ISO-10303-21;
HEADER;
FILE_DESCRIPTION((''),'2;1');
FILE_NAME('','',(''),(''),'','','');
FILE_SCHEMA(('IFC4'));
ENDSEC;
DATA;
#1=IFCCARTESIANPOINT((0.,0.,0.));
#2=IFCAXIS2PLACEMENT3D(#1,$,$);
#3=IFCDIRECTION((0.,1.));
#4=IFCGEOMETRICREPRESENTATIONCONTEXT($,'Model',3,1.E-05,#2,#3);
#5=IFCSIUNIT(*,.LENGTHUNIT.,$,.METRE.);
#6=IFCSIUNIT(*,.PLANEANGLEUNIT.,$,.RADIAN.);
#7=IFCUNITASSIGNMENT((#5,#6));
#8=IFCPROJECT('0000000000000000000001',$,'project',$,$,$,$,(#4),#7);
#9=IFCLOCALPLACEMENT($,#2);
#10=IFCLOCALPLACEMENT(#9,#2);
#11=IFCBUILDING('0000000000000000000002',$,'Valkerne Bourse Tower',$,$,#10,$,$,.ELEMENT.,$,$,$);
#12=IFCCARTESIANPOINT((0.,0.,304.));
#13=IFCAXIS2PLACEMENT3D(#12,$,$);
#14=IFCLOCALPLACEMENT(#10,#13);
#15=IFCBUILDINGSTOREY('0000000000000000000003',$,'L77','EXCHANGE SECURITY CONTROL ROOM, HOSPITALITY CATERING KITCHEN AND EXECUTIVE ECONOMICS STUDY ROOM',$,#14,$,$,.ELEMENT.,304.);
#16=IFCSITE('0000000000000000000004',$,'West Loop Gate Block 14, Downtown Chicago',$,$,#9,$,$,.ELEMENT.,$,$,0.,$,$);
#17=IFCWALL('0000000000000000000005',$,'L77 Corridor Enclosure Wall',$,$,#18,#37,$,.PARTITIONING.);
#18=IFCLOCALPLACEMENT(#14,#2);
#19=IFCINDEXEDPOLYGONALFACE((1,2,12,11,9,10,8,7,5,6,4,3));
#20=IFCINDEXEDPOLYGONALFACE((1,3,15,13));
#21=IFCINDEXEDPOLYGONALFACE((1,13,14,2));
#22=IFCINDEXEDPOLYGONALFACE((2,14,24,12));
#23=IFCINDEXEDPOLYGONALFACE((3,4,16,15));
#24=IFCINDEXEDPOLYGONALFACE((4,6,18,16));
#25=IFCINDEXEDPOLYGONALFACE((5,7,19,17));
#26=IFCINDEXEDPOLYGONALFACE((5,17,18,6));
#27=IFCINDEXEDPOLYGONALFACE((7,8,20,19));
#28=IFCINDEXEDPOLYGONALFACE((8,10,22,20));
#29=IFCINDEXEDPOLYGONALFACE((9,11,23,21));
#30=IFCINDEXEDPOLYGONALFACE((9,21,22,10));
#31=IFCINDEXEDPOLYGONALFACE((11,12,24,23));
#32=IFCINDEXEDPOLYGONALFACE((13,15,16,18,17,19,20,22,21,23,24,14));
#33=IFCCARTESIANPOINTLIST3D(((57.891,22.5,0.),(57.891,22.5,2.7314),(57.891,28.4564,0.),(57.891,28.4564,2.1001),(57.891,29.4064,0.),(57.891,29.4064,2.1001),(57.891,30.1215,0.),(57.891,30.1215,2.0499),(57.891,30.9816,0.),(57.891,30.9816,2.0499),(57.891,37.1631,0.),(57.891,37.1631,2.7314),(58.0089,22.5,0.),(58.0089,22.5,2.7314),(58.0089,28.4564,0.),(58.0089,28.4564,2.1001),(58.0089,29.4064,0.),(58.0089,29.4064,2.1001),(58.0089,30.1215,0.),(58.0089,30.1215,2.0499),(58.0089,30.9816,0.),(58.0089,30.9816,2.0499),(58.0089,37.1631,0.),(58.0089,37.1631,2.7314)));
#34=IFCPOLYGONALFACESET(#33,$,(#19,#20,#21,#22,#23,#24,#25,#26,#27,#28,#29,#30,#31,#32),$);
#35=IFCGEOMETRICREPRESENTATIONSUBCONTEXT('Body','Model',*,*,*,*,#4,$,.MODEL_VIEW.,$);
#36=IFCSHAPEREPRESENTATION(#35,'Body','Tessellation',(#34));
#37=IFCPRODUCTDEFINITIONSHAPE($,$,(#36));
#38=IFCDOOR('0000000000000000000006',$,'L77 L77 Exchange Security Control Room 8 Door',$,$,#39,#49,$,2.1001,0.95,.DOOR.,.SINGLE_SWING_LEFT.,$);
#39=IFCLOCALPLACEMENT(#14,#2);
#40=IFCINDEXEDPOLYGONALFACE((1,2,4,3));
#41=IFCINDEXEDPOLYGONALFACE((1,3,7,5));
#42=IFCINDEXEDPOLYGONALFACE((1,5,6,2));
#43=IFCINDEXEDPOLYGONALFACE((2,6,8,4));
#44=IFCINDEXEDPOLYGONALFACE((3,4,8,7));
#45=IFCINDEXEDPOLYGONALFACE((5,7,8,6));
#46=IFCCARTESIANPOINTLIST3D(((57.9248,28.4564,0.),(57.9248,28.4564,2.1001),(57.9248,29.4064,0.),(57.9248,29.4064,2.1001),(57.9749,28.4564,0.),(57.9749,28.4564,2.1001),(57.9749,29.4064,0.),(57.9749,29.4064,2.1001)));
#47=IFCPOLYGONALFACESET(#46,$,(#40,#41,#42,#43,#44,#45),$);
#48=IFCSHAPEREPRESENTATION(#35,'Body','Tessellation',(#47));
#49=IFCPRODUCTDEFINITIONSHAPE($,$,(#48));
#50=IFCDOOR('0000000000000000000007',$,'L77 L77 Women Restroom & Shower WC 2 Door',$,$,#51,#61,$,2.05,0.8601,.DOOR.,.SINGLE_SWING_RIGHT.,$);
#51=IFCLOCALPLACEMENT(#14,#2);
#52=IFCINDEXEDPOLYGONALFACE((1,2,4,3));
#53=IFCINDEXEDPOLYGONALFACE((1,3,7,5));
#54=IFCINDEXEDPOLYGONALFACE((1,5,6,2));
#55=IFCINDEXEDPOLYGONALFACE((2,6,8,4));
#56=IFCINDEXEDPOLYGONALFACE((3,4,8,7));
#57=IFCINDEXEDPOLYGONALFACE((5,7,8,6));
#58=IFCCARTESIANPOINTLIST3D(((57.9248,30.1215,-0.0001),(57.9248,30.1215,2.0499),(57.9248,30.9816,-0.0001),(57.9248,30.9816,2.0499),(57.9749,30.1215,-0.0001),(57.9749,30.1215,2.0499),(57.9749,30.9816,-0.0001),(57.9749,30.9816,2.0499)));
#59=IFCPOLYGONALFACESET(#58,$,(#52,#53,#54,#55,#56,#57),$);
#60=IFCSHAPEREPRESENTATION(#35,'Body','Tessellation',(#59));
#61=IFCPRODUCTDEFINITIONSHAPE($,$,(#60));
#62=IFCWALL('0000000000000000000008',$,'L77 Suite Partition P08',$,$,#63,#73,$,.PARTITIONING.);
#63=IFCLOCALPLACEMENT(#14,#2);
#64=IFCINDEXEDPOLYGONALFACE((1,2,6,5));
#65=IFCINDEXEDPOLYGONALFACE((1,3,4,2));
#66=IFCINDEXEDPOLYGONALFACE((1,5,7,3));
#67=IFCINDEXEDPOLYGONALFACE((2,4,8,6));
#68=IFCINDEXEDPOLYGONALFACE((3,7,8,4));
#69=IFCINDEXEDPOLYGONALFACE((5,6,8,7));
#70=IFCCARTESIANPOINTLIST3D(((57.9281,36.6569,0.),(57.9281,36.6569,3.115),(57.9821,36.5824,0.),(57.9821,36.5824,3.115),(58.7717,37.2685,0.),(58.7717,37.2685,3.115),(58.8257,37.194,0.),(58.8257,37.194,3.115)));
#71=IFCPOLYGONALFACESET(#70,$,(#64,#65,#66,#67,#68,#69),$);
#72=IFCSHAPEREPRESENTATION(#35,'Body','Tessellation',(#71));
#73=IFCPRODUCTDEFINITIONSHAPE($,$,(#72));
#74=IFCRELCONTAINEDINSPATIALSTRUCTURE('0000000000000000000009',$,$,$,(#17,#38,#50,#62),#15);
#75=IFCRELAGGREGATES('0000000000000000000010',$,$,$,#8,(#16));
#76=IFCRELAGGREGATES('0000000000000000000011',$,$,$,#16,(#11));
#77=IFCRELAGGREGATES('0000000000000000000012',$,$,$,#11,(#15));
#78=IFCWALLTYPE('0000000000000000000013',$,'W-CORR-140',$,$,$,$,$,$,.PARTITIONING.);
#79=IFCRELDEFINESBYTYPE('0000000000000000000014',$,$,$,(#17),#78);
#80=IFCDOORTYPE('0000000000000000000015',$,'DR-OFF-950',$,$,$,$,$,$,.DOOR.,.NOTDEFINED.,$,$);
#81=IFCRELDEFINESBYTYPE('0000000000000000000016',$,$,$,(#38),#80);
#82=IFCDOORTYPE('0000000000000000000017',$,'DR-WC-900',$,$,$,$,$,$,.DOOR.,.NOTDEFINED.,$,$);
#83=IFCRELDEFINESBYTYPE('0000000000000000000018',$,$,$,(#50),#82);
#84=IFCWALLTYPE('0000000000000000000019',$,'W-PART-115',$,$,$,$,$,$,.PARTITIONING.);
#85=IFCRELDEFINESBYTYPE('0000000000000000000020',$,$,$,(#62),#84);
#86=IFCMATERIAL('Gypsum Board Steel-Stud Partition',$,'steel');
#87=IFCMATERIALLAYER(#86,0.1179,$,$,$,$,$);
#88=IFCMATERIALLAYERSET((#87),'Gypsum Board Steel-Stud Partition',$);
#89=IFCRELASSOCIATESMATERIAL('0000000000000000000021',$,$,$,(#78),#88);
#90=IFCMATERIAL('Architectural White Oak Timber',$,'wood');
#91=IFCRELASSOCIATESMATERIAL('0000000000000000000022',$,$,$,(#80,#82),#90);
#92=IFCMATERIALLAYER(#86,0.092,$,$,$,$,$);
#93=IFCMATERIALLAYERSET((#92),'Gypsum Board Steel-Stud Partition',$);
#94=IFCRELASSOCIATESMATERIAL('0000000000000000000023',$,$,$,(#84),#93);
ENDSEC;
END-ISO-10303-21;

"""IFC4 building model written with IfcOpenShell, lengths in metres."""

from ifc_helpers import new_model, si_unit, direction, frame, frame_2d, origin, place, context, subcontext, project, spatial, rectangle, extrude, material, layer, layer_set, type_object, element, fill, save


model = new_model("IFC4")

# Units and contexts
model_context = context("Model", 3, precision=1e-05, world=origin(), true_north=direction((0.0, 1.0)))
body_context = subcontext(model_context, "Body", "Model", "MODEL_VIEW")
ifc_project = project(units=[si_unit("LENGTHUNIT", "METRE"), si_unit("PLANEANGLEUNIT", "RADIAN")], contexts=[model_context])

# Site, building, storey
site_placement = place(None, origin())
site = spatial("IfcSite", under=ifc_project, at=site_placement, Name="West Loop Gate Block 14, Downtown Chicago", CompositionType="ELEMENT", RefElevation=0.0)
building_placement = place(site_placement, origin())
building = spatial("IfcBuilding", under=site, at=building_placement, Name="Valkerne Bourse Tower", CompositionType="ELEMENT")
storey_placement = place(building_placement, frame((0.0, 0.0, 304.0)))
storey = spatial("IfcBuildingStorey", under=building, at=storey_placement, Name="L77", Description="EXCHANGE SECURITY CONTROL ROOM, HOSPITALITY CATERING KITCHEN AND EXECUTIVE ECONOMICS STUDY ROOM", CompositionType="ELEMENT", Elevation=304.0)

# Wall, openings, doors
ifc_material_1 = material(Name="Gypsum Board Steel-Stud Partition", Category="steel")
ifc_layer_1 = layer(ifc_material_1, 0.1179)
ifc_layer_set_1 = layer_set([ifc_layer_1], Name="Gypsum Board Steel-Stud Partition")
wall_type_1 = type_object("IfcWallType", Name="W-CORR-140", PredefinedType="PARTITIONING", material=ifc_layer_set_1)
wall_1_placement = place(storey_placement, frame((57.95, 37.1631, 0.0), z_axis=(0.0, 0.0, 1.0), x_axis=(0.0, -1.0, 0.0)))
wall_1 = element("IfcWall", 1, at=wall_1_placement, inside=storey, type_object=wall_type_1, Name="L77 Corridor Enclosure Wall", PredefinedType="PARTITIONING", context=body_context, shape_type="SweptSolid", body=[
    extrude(rectangle(XDim=14.6631, YDim=0.1179, at=frame_2d((7.3315, 0.0))), origin(), (0.0, 0.0, 1.0), 2.7314),
])
opening_1_placement = place(wall_1_placement, frame((6.1814, 0.0, 0.0)))
opening_1 = element("IfcOpeningElement", 2, at=opening_1_placement, cuts=wall_1, PredefinedType="OPENING", context=body_context, shape_type="SweptSolid", body=[
    extrude(rectangle(XDim=0.8601, YDim=2.05, at=frame_2d((0.4302, 1.0249))), frame((0.0, 0.0688, 0.0), z_axis=(0.0, -1.0, 0.0), x_axis=(1.0, 0.0, 0.0)), (0.0, 0.0, 1.0), 0.1379),
])
opening_2_placement = place(wall_1_placement, frame((7.7566, 0.0, 0.0)))
opening_2 = element("IfcOpeningElement", 3, at=opening_2_placement, cuts=wall_1, PredefinedType="OPENING", context=body_context, shape_type="SweptSolid", body=[
    extrude(rectangle(XDim=0.95, YDim=2.1001, at=frame_2d((0.4751, 1.05))), frame((0.0, 0.0688, 0.0), z_axis=(0.0, -1.0, 0.0), x_axis=(1.0, 0.0, 0.0)), (0.0, 0.0, 1.0), 0.1379),
])
ifc_material_2 = material(Name="Architectural White Oak Timber", Category="wood")
door_type_1 = type_object("IfcDoorType", Name="DR-OFF-950", OperationType="NOTDEFINED", PredefinedType="DOOR", material=ifc_material_2)
door_1_placement = place(opening_2_placement, origin())
door_1 = element("IfcDoor", 4, at=door_1_placement, inside=storey, type_object=door_type_1, Name="L77 L77 Exchange Security Control Room 8 Door", OperationType="SINGLE_SWING_LEFT", OverallHeight=2.1001, OverallWidth=0.95, PredefinedType="DOOR", context=body_context, shape_type="SweptSolid", body=[
    extrude(rectangle(XDim=0.95, YDim=2.1001, at=frame_2d((0.4751, 1.05))), frame((0.0, 0.0249, 0.0), z_axis=(0.0, -1.0, 0.0), x_axis=(1.0, 0.0, 0.0)), (0.0, 0.0, 1.0), 0.05),
])
fill(opening_2, door_1)
door_type_2 = type_object("IfcDoorType", Name="DR-WC-900", OperationType="NOTDEFINED", PredefinedType="DOOR", material=ifc_material_2)
door_2_placement = place(opening_1_placement, origin())
door_2 = element("IfcDoor", 5, at=door_2_placement, inside=storey, type_object=door_type_2, Name="L77 L77 Women Restroom & Shower WC 2 Door", OperationType="SINGLE_SWING_RIGHT", OverallHeight=2.05, OverallWidth=0.8601, PredefinedType="DOOR", context=body_context, shape_type="SweptSolid", body=[
    extrude(rectangle(XDim=0.8601, YDim=2.05, at=frame_2d((0.4302, 1.0249))), frame((0.0, 0.0249, 0.0), z_axis=(0.0, -1.0, 0.0), x_axis=(1.0, 0.0, 0.0)), (0.0, 0.0, 1.0), 0.05),
])
fill(opening_1, door_2)

# Wall
ifc_layer_2 = layer(ifc_material_1, 0.092)
ifc_layer_set_2 = layer_set([ifc_layer_2], Name="Gypsum Board Steel-Stud Partition")
wall_type_2 = type_object("IfcWallType", Name="W-PART-115", PredefinedType="PARTITIONING", material=ifc_layer_set_2)
wall_2_placement = place(storey_placement, frame((57.9551, 36.6196, 0.0), z_axis=(0.0, 0.0, 1.0), x_axis=(0.809597, 0.586987, 0.0)))
element("IfcWall", 6, at=wall_2_placement, inside=storey, type_object=wall_type_2, Name="L77 Suite Partition P08", PredefinedType="PARTITIONING", context=body_context, shape_type="SweptSolid", body=[
    extrude(rectangle(XDim=1.042, YDim=0.092, at=frame_2d((0.521, 0.0))), origin(), (0.0, 0.0, 1.0), 3.115),
])

save(model, "model.ifc")
